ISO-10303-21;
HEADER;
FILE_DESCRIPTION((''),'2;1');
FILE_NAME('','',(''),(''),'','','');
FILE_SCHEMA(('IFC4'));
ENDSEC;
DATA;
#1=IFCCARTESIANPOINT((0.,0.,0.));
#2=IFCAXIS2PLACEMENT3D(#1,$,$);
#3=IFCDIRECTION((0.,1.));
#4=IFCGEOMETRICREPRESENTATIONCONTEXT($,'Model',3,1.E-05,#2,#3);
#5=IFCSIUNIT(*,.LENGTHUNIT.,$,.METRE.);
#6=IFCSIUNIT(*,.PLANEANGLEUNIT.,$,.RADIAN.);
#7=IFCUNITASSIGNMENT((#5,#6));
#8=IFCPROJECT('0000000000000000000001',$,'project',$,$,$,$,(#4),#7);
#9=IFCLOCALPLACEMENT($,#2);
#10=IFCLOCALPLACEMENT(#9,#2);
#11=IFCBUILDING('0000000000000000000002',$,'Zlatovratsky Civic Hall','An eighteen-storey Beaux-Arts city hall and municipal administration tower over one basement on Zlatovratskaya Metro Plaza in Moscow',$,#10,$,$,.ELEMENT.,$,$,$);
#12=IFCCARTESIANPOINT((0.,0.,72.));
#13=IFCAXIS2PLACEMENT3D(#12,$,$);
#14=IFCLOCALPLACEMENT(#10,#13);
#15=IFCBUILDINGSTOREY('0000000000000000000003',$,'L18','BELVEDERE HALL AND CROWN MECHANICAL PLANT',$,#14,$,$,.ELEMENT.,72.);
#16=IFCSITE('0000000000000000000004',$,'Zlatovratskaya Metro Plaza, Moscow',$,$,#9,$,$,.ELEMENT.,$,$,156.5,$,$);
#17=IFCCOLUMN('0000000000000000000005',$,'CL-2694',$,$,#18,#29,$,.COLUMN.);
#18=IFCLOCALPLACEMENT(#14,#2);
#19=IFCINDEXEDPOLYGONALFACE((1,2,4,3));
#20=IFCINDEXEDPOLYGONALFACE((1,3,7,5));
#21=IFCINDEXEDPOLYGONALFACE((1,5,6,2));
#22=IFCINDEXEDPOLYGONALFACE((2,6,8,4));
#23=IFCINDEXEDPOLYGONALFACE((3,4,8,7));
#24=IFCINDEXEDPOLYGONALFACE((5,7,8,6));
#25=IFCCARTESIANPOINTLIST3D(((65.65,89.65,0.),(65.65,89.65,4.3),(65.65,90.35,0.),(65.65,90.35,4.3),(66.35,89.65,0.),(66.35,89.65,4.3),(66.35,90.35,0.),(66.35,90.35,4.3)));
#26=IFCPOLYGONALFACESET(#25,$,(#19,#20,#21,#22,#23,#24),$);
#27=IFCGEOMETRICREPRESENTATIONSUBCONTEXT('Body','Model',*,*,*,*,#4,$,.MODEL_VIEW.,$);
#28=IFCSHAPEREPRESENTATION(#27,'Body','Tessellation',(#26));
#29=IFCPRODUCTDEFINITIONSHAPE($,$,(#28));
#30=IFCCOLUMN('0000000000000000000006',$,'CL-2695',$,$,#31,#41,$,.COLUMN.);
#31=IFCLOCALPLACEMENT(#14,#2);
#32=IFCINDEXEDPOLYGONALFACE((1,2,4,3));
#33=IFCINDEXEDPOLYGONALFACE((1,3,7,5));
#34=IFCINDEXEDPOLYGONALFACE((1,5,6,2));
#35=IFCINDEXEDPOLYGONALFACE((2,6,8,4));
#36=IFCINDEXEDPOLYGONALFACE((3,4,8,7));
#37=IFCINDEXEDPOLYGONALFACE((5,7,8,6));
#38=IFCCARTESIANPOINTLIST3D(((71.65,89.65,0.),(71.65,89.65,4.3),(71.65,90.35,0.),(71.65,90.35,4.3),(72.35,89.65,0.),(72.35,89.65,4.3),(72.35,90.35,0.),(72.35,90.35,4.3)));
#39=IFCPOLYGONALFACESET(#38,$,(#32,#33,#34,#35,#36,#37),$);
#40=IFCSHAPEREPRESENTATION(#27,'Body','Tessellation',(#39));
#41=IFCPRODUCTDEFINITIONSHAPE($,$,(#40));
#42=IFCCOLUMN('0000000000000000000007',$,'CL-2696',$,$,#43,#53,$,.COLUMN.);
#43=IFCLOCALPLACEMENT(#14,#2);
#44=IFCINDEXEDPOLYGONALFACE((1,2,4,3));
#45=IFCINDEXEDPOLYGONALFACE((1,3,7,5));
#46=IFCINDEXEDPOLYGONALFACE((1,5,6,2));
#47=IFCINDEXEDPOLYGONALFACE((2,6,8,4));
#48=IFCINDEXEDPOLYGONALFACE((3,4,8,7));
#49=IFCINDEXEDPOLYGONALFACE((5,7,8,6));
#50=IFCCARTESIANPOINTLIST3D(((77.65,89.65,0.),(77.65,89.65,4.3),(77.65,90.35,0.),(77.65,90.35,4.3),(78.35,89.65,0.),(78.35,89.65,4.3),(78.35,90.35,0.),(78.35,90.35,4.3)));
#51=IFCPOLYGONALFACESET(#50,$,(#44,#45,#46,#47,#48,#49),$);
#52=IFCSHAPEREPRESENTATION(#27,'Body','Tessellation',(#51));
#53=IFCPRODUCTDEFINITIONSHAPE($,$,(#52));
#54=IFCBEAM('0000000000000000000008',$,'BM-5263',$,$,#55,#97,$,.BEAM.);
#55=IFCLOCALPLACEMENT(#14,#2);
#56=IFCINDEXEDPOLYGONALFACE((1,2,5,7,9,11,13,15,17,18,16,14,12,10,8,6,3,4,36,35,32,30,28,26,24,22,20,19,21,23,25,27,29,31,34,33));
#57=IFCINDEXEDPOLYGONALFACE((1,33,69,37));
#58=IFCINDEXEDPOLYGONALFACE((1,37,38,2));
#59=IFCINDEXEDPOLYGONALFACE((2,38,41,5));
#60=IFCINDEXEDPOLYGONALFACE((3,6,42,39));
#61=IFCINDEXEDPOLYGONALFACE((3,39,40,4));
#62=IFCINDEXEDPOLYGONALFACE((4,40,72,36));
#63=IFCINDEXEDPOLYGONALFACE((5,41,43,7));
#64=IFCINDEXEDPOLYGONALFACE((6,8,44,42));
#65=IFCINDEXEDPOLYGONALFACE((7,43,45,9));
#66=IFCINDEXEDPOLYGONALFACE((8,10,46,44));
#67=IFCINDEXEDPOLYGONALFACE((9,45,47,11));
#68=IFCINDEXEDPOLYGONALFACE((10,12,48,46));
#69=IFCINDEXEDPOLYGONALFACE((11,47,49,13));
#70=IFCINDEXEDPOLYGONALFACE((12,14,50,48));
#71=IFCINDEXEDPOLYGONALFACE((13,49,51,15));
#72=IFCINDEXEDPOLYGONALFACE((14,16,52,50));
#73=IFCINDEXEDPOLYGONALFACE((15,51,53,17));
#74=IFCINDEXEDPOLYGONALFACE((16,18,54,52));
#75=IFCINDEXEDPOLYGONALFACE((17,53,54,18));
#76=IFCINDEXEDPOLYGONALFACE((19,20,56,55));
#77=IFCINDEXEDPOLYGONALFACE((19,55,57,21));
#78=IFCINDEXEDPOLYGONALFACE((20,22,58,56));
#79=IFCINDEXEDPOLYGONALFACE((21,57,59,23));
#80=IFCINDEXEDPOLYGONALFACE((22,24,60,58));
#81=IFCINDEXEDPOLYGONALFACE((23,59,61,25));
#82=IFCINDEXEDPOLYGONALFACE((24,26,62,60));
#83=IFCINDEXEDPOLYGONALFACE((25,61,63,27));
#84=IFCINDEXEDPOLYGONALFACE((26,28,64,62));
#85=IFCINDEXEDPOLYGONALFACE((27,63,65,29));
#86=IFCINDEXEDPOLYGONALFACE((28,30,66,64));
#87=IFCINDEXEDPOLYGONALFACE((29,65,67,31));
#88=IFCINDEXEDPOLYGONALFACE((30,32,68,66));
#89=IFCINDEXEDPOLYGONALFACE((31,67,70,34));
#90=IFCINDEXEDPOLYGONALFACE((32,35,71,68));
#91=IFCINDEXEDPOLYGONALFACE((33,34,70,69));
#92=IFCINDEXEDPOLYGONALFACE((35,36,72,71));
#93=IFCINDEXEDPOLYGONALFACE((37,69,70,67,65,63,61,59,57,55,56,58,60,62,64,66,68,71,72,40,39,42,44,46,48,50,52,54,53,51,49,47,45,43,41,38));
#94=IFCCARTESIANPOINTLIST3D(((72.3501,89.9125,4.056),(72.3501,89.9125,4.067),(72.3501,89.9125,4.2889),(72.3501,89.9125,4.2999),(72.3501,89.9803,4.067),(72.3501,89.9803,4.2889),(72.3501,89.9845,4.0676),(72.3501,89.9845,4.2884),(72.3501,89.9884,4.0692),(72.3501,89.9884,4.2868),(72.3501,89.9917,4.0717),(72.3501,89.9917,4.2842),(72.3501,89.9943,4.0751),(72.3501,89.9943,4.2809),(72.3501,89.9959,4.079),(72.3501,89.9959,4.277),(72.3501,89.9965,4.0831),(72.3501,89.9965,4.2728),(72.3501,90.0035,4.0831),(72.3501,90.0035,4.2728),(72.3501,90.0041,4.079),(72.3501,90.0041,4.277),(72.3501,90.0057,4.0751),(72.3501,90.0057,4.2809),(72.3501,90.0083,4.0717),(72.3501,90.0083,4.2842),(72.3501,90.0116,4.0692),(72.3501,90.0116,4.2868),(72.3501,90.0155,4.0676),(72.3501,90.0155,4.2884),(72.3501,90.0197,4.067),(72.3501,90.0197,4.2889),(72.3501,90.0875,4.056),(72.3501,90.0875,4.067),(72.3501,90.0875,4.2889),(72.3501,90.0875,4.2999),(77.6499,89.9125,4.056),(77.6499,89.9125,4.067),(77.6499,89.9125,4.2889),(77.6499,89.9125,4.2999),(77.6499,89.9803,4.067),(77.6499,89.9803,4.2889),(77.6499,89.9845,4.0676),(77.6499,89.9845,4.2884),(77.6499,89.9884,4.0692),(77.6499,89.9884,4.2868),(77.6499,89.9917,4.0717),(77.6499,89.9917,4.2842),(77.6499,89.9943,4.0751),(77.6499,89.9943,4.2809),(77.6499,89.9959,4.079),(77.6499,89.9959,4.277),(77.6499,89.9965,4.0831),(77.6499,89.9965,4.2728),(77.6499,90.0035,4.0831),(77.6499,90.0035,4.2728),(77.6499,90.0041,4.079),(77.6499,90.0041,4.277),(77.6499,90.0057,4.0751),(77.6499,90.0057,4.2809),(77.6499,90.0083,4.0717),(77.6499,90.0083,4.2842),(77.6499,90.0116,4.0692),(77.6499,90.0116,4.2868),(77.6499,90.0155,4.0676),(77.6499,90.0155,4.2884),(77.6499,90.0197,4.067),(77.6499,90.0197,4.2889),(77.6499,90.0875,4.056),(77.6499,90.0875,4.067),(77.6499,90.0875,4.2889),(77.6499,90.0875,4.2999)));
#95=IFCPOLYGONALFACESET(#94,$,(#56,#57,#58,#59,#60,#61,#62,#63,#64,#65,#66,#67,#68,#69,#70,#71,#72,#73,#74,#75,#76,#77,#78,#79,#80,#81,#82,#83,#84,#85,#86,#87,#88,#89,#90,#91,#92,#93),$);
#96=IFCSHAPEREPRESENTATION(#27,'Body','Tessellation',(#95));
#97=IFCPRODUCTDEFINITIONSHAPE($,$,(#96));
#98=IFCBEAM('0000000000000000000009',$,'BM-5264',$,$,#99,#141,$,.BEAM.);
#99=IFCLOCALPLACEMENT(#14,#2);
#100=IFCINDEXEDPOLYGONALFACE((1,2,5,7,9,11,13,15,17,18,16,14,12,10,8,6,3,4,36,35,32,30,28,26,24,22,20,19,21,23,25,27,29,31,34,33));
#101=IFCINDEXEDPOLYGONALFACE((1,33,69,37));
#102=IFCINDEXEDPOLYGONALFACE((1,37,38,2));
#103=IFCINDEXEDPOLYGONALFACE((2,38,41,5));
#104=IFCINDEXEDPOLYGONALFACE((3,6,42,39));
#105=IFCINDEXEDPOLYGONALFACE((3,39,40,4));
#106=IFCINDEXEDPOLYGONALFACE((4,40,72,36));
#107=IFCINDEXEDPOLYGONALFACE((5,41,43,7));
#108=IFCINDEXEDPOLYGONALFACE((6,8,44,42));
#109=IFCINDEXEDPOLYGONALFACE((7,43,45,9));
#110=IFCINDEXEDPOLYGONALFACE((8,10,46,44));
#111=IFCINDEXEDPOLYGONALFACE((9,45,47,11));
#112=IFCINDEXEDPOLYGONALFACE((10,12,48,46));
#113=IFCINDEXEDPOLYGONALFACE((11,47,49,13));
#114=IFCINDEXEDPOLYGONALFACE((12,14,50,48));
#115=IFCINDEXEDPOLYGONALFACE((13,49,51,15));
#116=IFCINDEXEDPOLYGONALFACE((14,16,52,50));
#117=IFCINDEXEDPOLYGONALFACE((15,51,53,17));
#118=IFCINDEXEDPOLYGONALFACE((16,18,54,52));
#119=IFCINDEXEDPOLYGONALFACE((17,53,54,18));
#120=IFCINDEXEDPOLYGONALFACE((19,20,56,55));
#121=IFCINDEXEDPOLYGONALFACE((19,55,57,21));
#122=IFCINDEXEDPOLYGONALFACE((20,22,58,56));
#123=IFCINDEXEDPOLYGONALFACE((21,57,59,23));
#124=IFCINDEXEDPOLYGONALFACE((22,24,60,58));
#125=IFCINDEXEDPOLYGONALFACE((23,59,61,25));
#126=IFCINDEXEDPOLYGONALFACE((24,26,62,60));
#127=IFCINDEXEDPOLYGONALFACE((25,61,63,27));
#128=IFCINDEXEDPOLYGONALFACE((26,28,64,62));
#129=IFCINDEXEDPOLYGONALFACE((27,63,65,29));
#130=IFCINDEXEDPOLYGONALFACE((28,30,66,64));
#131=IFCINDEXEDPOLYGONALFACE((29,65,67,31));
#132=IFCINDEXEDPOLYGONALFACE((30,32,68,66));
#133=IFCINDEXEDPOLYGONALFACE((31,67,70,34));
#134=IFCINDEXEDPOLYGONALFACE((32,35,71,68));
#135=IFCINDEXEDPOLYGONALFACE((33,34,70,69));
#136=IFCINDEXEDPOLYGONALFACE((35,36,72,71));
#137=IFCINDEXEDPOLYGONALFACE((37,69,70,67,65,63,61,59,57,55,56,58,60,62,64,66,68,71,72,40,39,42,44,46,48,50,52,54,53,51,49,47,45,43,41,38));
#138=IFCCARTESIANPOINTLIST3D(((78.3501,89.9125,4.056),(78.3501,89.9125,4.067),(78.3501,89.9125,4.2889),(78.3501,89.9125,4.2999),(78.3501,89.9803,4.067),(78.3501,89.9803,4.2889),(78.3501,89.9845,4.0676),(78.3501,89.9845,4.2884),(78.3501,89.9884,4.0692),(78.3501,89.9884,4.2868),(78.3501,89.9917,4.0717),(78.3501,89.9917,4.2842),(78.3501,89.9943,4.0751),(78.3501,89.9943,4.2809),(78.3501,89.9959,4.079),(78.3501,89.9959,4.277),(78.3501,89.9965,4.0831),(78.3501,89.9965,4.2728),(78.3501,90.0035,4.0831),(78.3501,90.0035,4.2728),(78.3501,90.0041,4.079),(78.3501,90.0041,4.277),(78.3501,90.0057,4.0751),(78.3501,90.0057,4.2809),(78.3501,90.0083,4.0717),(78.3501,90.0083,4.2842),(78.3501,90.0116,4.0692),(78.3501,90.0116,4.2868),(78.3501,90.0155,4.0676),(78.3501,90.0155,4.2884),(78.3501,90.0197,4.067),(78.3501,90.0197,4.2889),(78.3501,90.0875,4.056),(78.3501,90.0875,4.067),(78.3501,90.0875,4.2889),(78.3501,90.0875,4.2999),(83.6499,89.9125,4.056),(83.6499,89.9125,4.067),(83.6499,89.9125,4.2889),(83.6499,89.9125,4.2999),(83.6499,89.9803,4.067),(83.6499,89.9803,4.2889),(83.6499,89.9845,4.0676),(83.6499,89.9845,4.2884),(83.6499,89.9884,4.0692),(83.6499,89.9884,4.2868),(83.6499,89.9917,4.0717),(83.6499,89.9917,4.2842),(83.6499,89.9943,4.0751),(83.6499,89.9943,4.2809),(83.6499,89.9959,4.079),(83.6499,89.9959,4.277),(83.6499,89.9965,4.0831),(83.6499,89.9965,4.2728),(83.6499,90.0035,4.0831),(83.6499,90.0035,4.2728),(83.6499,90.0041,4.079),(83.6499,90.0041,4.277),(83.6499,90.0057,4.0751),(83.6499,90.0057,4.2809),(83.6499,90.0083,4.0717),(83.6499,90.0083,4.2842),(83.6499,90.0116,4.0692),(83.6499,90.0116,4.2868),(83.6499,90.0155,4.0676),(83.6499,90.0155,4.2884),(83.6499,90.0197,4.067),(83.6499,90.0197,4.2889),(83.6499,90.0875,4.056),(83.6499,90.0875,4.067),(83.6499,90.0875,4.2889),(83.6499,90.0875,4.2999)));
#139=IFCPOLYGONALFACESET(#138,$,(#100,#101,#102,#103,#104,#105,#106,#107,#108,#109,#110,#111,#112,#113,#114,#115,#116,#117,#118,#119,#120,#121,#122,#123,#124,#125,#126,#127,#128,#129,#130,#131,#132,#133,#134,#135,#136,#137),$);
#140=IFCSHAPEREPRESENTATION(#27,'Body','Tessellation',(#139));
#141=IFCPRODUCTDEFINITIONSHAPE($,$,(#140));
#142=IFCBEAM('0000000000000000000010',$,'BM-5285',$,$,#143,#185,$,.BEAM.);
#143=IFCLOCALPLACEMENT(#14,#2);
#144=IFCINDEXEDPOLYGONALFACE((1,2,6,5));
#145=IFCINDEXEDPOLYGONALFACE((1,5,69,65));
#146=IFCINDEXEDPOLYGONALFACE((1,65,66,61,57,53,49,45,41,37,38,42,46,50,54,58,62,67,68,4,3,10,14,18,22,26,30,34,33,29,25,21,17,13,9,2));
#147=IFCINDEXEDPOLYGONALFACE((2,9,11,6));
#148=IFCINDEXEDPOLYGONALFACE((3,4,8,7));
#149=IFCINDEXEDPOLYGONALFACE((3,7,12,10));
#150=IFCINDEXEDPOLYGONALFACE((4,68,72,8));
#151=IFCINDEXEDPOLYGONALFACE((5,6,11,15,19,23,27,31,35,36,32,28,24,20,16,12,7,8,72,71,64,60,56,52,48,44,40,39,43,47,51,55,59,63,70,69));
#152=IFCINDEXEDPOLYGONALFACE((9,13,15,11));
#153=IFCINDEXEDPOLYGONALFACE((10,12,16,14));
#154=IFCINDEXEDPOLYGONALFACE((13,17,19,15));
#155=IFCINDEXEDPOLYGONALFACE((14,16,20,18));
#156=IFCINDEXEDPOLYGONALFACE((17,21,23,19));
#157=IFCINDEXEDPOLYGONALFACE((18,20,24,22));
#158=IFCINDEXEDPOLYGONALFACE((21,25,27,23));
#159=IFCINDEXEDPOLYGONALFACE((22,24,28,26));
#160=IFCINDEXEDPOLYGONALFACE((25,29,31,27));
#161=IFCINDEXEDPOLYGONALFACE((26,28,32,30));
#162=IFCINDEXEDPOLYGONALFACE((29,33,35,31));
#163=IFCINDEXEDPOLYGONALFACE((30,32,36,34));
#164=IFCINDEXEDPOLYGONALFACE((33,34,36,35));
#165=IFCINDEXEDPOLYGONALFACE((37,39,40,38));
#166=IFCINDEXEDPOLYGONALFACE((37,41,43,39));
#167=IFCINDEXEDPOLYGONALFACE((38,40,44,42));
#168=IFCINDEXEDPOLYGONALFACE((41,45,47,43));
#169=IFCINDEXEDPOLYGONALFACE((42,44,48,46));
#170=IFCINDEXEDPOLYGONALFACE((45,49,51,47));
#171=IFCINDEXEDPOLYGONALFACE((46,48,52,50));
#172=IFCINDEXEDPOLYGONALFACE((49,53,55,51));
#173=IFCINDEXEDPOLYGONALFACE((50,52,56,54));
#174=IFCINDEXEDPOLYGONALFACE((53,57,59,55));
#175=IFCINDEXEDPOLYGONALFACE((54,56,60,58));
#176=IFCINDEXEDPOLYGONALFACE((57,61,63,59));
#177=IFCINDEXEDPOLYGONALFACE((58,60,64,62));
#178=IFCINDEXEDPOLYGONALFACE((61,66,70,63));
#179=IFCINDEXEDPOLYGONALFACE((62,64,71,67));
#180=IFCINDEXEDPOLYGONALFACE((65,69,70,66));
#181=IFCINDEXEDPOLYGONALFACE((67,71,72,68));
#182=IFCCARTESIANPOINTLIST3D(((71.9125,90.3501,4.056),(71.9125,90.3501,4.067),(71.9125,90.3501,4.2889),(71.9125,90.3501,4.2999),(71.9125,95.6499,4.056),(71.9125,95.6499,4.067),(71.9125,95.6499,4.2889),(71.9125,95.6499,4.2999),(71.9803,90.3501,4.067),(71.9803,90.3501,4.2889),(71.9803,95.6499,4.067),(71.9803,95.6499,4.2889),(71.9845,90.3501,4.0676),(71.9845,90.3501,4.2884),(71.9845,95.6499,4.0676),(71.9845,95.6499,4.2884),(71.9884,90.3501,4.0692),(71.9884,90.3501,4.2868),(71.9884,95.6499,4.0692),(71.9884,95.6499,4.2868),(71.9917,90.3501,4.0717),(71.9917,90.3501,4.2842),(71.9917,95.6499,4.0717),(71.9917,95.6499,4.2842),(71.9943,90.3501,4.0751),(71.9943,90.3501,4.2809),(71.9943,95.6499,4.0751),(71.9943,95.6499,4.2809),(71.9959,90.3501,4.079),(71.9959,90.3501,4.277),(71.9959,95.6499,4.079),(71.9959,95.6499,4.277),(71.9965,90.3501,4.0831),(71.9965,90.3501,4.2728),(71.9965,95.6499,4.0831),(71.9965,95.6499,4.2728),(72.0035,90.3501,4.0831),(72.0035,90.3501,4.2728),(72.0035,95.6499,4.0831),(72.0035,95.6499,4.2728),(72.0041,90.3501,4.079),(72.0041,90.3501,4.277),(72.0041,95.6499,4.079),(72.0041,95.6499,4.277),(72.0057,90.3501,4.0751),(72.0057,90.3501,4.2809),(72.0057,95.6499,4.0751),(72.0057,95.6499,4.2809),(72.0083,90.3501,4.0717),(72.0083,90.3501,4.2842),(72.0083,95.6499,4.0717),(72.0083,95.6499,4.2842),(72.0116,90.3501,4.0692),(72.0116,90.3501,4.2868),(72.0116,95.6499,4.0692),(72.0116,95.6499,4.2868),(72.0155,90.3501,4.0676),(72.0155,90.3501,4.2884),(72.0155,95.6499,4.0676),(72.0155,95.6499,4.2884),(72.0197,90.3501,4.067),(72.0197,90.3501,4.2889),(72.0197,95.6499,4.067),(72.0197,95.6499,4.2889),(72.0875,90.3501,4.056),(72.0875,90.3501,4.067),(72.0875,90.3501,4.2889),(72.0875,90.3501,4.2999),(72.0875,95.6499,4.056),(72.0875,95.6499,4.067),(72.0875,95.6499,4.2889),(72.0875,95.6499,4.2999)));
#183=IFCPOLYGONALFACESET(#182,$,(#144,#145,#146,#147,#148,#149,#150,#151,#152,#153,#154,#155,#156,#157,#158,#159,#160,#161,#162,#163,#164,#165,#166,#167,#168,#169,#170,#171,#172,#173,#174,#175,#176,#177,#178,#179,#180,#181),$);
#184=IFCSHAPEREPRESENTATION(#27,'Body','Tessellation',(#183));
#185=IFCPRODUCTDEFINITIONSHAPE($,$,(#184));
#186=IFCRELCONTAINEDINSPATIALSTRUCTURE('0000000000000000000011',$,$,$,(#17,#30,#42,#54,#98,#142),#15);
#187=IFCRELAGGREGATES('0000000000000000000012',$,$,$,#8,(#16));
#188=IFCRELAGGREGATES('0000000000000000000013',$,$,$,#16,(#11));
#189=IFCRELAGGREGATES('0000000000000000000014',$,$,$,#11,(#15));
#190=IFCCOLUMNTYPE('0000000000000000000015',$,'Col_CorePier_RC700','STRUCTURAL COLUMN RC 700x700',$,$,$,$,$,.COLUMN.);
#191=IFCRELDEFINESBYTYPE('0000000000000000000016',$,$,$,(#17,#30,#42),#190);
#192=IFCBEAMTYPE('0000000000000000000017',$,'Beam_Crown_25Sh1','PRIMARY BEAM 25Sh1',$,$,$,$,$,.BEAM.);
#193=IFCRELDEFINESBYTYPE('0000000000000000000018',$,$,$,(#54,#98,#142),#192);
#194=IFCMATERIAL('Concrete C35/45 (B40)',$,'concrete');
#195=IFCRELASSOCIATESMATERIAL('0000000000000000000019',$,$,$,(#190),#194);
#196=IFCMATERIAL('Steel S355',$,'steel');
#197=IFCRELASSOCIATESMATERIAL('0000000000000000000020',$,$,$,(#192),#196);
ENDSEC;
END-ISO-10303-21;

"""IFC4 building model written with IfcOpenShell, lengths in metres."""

from ifc_helpers import new_model, si_unit, direction, frame, origin, origin_2d, place, context, subcontext, project, spatial, rectangle, i_section, extrude, material, material_profile, profile_set, type_object, element, save


model = new_model("IFC4")

# Units and contexts
model_context = context("Model", 3, precision=1e-05, world=origin(), true_north=direction((0.0, 1.0)))
body_context = subcontext(model_context, "Body", "Model", "MODEL_VIEW")
ifc_project = project(units=[si_unit("LENGTHUNIT", "METRE"), si_unit("PLANEANGLEUNIT", "RADIAN")], contexts=[model_context])

# Site, building, storey
site_placement = place(None, origin())
site = spatial("IfcSite", under=ifc_project, at=site_placement, Name="Zlatovratskaya Metro Plaza, Moscow", CompositionType="ELEMENT", RefElevation=156.5)
building_placement = place(site_placement, origin())
building = spatial("IfcBuilding", under=site, at=building_placement, Name="Zlatovratsky Civic Hall", Description="An eighteen-storey Beaux-Arts city hall and municipal administration tower over one basement on Zlatovratskaya Metro Plaza in Moscow", CompositionType="ELEMENT")
storey_placement = place(building_placement, frame((0.0, 0.0, 72.0)))
storey = spatial("IfcBuildingStorey", under=building, at=storey_placement, Name="L18", Description="BELVEDERE HALL AND CROWN MECHANICAL PLANT", CompositionType="ELEMENT", Elevation=72.0)

# Columns
ifc_material_1 = material(Name="Concrete C35/45 (B40)", Category="concrete")
ifc_material_profile_1 = material_profile(ifc_material_1, rectangle(XDim=0.7, YDim=0.7, at=origin_2d()), Name="RC 700x700")
ifc_profile_set_1 = profile_set([ifc_material_profile_1], Name="Concrete C35/45 (B40)")
column_type = type_object("IfcColumnType", Name="Col_CorePier_RC700", Description="STRUCTURAL COLUMN RC 700x700", PredefinedType="COLUMN", material=ifc_profile_set_1)
for number, where, z_axis, x_axis, name in (
    (1, (66.0, 90.0, 0.0), (0.0, 0.0, 1.0), (1.0, 0.0, 0.0), "CL-2694"),
    (2, (72.0, 90.0, 0.0), (0.0, 0.0, 1.0), (1.0, 0.0, 0.0), "CL-2695"),
    (3, (78.0, 90.0, 0.0), (0.0, 0.0, 1.0), (1.0, 0.0, 0.0), "CL-2696"),
):
    element("IfcColumn", number, at=place(storey_placement, frame(where, z_axis=z_axis, x_axis=x_axis)), inside=storey, type_object=column_type, Name=name, PredefinedType="COLUMN", context=body_context, shape_type="SweptSolid", body=[
        extrude(rectangle(XDim=0.7, YDim=0.7, at=origin_2d()), origin(), (0.0, 0.0, 1.0), 4.3),
    ])

# Beams
ifc_material_2 = material(Name="Steel S355", Category="steel")
ifc_material_profile_2 = material_profile(ifc_material_2, i_section(OverallWidth=0.175, OverallDepth=0.2439, WebThickness=0.0071, FlangeThickness=0.011, FilletRadius=0.0161, at=origin_2d()), Name="25Sh1")
ifc_profile_set_2 = profile_set([ifc_material_profile_2], Name="Steel S355")
beam_type_1 = type_object("IfcBeamType", Name="Beam_Crown_25Sh1", Description="PRIMARY BEAM 25Sh1", PredefinedType="BEAM", material=ifc_profile_set_2)
for number, where, z_axis, x_axis, name in (
    (4, (72.3501, 90.0, 4.178), (1.0, 0.0, 0.0), (0.0, 1.0, 0.0), "BM-5263"),
    (5, (78.3501, 90.0, 4.178), (1.0, 0.0, 0.0), (0.0, 1.0, 0.0), "BM-5264"),
    (6, (72.0, 90.3501, 4.178), (0.0, 1.0, 0.0), (-1.0, 0.0, 0.0), "BM-5285"),
):
    element("IfcBeam", number, at=place(storey_placement, frame(where, z_axis=z_axis, x_axis=x_axis)), inside=storey, type_object=beam_type_1, Name=name, PredefinedType="BEAM", context=body_context, shape_type="SweptSolid", body=[
        extrude(i_section(OverallWidth=0.175, OverallDepth=0.2439, WebThickness=0.0071, FlangeThickness=0.011, FilletRadius=0.0161, at=origin_2d()), origin(), (0.0, 0.0, 1.0), 5.2998),
    ])

save(model, "model.ifc")
